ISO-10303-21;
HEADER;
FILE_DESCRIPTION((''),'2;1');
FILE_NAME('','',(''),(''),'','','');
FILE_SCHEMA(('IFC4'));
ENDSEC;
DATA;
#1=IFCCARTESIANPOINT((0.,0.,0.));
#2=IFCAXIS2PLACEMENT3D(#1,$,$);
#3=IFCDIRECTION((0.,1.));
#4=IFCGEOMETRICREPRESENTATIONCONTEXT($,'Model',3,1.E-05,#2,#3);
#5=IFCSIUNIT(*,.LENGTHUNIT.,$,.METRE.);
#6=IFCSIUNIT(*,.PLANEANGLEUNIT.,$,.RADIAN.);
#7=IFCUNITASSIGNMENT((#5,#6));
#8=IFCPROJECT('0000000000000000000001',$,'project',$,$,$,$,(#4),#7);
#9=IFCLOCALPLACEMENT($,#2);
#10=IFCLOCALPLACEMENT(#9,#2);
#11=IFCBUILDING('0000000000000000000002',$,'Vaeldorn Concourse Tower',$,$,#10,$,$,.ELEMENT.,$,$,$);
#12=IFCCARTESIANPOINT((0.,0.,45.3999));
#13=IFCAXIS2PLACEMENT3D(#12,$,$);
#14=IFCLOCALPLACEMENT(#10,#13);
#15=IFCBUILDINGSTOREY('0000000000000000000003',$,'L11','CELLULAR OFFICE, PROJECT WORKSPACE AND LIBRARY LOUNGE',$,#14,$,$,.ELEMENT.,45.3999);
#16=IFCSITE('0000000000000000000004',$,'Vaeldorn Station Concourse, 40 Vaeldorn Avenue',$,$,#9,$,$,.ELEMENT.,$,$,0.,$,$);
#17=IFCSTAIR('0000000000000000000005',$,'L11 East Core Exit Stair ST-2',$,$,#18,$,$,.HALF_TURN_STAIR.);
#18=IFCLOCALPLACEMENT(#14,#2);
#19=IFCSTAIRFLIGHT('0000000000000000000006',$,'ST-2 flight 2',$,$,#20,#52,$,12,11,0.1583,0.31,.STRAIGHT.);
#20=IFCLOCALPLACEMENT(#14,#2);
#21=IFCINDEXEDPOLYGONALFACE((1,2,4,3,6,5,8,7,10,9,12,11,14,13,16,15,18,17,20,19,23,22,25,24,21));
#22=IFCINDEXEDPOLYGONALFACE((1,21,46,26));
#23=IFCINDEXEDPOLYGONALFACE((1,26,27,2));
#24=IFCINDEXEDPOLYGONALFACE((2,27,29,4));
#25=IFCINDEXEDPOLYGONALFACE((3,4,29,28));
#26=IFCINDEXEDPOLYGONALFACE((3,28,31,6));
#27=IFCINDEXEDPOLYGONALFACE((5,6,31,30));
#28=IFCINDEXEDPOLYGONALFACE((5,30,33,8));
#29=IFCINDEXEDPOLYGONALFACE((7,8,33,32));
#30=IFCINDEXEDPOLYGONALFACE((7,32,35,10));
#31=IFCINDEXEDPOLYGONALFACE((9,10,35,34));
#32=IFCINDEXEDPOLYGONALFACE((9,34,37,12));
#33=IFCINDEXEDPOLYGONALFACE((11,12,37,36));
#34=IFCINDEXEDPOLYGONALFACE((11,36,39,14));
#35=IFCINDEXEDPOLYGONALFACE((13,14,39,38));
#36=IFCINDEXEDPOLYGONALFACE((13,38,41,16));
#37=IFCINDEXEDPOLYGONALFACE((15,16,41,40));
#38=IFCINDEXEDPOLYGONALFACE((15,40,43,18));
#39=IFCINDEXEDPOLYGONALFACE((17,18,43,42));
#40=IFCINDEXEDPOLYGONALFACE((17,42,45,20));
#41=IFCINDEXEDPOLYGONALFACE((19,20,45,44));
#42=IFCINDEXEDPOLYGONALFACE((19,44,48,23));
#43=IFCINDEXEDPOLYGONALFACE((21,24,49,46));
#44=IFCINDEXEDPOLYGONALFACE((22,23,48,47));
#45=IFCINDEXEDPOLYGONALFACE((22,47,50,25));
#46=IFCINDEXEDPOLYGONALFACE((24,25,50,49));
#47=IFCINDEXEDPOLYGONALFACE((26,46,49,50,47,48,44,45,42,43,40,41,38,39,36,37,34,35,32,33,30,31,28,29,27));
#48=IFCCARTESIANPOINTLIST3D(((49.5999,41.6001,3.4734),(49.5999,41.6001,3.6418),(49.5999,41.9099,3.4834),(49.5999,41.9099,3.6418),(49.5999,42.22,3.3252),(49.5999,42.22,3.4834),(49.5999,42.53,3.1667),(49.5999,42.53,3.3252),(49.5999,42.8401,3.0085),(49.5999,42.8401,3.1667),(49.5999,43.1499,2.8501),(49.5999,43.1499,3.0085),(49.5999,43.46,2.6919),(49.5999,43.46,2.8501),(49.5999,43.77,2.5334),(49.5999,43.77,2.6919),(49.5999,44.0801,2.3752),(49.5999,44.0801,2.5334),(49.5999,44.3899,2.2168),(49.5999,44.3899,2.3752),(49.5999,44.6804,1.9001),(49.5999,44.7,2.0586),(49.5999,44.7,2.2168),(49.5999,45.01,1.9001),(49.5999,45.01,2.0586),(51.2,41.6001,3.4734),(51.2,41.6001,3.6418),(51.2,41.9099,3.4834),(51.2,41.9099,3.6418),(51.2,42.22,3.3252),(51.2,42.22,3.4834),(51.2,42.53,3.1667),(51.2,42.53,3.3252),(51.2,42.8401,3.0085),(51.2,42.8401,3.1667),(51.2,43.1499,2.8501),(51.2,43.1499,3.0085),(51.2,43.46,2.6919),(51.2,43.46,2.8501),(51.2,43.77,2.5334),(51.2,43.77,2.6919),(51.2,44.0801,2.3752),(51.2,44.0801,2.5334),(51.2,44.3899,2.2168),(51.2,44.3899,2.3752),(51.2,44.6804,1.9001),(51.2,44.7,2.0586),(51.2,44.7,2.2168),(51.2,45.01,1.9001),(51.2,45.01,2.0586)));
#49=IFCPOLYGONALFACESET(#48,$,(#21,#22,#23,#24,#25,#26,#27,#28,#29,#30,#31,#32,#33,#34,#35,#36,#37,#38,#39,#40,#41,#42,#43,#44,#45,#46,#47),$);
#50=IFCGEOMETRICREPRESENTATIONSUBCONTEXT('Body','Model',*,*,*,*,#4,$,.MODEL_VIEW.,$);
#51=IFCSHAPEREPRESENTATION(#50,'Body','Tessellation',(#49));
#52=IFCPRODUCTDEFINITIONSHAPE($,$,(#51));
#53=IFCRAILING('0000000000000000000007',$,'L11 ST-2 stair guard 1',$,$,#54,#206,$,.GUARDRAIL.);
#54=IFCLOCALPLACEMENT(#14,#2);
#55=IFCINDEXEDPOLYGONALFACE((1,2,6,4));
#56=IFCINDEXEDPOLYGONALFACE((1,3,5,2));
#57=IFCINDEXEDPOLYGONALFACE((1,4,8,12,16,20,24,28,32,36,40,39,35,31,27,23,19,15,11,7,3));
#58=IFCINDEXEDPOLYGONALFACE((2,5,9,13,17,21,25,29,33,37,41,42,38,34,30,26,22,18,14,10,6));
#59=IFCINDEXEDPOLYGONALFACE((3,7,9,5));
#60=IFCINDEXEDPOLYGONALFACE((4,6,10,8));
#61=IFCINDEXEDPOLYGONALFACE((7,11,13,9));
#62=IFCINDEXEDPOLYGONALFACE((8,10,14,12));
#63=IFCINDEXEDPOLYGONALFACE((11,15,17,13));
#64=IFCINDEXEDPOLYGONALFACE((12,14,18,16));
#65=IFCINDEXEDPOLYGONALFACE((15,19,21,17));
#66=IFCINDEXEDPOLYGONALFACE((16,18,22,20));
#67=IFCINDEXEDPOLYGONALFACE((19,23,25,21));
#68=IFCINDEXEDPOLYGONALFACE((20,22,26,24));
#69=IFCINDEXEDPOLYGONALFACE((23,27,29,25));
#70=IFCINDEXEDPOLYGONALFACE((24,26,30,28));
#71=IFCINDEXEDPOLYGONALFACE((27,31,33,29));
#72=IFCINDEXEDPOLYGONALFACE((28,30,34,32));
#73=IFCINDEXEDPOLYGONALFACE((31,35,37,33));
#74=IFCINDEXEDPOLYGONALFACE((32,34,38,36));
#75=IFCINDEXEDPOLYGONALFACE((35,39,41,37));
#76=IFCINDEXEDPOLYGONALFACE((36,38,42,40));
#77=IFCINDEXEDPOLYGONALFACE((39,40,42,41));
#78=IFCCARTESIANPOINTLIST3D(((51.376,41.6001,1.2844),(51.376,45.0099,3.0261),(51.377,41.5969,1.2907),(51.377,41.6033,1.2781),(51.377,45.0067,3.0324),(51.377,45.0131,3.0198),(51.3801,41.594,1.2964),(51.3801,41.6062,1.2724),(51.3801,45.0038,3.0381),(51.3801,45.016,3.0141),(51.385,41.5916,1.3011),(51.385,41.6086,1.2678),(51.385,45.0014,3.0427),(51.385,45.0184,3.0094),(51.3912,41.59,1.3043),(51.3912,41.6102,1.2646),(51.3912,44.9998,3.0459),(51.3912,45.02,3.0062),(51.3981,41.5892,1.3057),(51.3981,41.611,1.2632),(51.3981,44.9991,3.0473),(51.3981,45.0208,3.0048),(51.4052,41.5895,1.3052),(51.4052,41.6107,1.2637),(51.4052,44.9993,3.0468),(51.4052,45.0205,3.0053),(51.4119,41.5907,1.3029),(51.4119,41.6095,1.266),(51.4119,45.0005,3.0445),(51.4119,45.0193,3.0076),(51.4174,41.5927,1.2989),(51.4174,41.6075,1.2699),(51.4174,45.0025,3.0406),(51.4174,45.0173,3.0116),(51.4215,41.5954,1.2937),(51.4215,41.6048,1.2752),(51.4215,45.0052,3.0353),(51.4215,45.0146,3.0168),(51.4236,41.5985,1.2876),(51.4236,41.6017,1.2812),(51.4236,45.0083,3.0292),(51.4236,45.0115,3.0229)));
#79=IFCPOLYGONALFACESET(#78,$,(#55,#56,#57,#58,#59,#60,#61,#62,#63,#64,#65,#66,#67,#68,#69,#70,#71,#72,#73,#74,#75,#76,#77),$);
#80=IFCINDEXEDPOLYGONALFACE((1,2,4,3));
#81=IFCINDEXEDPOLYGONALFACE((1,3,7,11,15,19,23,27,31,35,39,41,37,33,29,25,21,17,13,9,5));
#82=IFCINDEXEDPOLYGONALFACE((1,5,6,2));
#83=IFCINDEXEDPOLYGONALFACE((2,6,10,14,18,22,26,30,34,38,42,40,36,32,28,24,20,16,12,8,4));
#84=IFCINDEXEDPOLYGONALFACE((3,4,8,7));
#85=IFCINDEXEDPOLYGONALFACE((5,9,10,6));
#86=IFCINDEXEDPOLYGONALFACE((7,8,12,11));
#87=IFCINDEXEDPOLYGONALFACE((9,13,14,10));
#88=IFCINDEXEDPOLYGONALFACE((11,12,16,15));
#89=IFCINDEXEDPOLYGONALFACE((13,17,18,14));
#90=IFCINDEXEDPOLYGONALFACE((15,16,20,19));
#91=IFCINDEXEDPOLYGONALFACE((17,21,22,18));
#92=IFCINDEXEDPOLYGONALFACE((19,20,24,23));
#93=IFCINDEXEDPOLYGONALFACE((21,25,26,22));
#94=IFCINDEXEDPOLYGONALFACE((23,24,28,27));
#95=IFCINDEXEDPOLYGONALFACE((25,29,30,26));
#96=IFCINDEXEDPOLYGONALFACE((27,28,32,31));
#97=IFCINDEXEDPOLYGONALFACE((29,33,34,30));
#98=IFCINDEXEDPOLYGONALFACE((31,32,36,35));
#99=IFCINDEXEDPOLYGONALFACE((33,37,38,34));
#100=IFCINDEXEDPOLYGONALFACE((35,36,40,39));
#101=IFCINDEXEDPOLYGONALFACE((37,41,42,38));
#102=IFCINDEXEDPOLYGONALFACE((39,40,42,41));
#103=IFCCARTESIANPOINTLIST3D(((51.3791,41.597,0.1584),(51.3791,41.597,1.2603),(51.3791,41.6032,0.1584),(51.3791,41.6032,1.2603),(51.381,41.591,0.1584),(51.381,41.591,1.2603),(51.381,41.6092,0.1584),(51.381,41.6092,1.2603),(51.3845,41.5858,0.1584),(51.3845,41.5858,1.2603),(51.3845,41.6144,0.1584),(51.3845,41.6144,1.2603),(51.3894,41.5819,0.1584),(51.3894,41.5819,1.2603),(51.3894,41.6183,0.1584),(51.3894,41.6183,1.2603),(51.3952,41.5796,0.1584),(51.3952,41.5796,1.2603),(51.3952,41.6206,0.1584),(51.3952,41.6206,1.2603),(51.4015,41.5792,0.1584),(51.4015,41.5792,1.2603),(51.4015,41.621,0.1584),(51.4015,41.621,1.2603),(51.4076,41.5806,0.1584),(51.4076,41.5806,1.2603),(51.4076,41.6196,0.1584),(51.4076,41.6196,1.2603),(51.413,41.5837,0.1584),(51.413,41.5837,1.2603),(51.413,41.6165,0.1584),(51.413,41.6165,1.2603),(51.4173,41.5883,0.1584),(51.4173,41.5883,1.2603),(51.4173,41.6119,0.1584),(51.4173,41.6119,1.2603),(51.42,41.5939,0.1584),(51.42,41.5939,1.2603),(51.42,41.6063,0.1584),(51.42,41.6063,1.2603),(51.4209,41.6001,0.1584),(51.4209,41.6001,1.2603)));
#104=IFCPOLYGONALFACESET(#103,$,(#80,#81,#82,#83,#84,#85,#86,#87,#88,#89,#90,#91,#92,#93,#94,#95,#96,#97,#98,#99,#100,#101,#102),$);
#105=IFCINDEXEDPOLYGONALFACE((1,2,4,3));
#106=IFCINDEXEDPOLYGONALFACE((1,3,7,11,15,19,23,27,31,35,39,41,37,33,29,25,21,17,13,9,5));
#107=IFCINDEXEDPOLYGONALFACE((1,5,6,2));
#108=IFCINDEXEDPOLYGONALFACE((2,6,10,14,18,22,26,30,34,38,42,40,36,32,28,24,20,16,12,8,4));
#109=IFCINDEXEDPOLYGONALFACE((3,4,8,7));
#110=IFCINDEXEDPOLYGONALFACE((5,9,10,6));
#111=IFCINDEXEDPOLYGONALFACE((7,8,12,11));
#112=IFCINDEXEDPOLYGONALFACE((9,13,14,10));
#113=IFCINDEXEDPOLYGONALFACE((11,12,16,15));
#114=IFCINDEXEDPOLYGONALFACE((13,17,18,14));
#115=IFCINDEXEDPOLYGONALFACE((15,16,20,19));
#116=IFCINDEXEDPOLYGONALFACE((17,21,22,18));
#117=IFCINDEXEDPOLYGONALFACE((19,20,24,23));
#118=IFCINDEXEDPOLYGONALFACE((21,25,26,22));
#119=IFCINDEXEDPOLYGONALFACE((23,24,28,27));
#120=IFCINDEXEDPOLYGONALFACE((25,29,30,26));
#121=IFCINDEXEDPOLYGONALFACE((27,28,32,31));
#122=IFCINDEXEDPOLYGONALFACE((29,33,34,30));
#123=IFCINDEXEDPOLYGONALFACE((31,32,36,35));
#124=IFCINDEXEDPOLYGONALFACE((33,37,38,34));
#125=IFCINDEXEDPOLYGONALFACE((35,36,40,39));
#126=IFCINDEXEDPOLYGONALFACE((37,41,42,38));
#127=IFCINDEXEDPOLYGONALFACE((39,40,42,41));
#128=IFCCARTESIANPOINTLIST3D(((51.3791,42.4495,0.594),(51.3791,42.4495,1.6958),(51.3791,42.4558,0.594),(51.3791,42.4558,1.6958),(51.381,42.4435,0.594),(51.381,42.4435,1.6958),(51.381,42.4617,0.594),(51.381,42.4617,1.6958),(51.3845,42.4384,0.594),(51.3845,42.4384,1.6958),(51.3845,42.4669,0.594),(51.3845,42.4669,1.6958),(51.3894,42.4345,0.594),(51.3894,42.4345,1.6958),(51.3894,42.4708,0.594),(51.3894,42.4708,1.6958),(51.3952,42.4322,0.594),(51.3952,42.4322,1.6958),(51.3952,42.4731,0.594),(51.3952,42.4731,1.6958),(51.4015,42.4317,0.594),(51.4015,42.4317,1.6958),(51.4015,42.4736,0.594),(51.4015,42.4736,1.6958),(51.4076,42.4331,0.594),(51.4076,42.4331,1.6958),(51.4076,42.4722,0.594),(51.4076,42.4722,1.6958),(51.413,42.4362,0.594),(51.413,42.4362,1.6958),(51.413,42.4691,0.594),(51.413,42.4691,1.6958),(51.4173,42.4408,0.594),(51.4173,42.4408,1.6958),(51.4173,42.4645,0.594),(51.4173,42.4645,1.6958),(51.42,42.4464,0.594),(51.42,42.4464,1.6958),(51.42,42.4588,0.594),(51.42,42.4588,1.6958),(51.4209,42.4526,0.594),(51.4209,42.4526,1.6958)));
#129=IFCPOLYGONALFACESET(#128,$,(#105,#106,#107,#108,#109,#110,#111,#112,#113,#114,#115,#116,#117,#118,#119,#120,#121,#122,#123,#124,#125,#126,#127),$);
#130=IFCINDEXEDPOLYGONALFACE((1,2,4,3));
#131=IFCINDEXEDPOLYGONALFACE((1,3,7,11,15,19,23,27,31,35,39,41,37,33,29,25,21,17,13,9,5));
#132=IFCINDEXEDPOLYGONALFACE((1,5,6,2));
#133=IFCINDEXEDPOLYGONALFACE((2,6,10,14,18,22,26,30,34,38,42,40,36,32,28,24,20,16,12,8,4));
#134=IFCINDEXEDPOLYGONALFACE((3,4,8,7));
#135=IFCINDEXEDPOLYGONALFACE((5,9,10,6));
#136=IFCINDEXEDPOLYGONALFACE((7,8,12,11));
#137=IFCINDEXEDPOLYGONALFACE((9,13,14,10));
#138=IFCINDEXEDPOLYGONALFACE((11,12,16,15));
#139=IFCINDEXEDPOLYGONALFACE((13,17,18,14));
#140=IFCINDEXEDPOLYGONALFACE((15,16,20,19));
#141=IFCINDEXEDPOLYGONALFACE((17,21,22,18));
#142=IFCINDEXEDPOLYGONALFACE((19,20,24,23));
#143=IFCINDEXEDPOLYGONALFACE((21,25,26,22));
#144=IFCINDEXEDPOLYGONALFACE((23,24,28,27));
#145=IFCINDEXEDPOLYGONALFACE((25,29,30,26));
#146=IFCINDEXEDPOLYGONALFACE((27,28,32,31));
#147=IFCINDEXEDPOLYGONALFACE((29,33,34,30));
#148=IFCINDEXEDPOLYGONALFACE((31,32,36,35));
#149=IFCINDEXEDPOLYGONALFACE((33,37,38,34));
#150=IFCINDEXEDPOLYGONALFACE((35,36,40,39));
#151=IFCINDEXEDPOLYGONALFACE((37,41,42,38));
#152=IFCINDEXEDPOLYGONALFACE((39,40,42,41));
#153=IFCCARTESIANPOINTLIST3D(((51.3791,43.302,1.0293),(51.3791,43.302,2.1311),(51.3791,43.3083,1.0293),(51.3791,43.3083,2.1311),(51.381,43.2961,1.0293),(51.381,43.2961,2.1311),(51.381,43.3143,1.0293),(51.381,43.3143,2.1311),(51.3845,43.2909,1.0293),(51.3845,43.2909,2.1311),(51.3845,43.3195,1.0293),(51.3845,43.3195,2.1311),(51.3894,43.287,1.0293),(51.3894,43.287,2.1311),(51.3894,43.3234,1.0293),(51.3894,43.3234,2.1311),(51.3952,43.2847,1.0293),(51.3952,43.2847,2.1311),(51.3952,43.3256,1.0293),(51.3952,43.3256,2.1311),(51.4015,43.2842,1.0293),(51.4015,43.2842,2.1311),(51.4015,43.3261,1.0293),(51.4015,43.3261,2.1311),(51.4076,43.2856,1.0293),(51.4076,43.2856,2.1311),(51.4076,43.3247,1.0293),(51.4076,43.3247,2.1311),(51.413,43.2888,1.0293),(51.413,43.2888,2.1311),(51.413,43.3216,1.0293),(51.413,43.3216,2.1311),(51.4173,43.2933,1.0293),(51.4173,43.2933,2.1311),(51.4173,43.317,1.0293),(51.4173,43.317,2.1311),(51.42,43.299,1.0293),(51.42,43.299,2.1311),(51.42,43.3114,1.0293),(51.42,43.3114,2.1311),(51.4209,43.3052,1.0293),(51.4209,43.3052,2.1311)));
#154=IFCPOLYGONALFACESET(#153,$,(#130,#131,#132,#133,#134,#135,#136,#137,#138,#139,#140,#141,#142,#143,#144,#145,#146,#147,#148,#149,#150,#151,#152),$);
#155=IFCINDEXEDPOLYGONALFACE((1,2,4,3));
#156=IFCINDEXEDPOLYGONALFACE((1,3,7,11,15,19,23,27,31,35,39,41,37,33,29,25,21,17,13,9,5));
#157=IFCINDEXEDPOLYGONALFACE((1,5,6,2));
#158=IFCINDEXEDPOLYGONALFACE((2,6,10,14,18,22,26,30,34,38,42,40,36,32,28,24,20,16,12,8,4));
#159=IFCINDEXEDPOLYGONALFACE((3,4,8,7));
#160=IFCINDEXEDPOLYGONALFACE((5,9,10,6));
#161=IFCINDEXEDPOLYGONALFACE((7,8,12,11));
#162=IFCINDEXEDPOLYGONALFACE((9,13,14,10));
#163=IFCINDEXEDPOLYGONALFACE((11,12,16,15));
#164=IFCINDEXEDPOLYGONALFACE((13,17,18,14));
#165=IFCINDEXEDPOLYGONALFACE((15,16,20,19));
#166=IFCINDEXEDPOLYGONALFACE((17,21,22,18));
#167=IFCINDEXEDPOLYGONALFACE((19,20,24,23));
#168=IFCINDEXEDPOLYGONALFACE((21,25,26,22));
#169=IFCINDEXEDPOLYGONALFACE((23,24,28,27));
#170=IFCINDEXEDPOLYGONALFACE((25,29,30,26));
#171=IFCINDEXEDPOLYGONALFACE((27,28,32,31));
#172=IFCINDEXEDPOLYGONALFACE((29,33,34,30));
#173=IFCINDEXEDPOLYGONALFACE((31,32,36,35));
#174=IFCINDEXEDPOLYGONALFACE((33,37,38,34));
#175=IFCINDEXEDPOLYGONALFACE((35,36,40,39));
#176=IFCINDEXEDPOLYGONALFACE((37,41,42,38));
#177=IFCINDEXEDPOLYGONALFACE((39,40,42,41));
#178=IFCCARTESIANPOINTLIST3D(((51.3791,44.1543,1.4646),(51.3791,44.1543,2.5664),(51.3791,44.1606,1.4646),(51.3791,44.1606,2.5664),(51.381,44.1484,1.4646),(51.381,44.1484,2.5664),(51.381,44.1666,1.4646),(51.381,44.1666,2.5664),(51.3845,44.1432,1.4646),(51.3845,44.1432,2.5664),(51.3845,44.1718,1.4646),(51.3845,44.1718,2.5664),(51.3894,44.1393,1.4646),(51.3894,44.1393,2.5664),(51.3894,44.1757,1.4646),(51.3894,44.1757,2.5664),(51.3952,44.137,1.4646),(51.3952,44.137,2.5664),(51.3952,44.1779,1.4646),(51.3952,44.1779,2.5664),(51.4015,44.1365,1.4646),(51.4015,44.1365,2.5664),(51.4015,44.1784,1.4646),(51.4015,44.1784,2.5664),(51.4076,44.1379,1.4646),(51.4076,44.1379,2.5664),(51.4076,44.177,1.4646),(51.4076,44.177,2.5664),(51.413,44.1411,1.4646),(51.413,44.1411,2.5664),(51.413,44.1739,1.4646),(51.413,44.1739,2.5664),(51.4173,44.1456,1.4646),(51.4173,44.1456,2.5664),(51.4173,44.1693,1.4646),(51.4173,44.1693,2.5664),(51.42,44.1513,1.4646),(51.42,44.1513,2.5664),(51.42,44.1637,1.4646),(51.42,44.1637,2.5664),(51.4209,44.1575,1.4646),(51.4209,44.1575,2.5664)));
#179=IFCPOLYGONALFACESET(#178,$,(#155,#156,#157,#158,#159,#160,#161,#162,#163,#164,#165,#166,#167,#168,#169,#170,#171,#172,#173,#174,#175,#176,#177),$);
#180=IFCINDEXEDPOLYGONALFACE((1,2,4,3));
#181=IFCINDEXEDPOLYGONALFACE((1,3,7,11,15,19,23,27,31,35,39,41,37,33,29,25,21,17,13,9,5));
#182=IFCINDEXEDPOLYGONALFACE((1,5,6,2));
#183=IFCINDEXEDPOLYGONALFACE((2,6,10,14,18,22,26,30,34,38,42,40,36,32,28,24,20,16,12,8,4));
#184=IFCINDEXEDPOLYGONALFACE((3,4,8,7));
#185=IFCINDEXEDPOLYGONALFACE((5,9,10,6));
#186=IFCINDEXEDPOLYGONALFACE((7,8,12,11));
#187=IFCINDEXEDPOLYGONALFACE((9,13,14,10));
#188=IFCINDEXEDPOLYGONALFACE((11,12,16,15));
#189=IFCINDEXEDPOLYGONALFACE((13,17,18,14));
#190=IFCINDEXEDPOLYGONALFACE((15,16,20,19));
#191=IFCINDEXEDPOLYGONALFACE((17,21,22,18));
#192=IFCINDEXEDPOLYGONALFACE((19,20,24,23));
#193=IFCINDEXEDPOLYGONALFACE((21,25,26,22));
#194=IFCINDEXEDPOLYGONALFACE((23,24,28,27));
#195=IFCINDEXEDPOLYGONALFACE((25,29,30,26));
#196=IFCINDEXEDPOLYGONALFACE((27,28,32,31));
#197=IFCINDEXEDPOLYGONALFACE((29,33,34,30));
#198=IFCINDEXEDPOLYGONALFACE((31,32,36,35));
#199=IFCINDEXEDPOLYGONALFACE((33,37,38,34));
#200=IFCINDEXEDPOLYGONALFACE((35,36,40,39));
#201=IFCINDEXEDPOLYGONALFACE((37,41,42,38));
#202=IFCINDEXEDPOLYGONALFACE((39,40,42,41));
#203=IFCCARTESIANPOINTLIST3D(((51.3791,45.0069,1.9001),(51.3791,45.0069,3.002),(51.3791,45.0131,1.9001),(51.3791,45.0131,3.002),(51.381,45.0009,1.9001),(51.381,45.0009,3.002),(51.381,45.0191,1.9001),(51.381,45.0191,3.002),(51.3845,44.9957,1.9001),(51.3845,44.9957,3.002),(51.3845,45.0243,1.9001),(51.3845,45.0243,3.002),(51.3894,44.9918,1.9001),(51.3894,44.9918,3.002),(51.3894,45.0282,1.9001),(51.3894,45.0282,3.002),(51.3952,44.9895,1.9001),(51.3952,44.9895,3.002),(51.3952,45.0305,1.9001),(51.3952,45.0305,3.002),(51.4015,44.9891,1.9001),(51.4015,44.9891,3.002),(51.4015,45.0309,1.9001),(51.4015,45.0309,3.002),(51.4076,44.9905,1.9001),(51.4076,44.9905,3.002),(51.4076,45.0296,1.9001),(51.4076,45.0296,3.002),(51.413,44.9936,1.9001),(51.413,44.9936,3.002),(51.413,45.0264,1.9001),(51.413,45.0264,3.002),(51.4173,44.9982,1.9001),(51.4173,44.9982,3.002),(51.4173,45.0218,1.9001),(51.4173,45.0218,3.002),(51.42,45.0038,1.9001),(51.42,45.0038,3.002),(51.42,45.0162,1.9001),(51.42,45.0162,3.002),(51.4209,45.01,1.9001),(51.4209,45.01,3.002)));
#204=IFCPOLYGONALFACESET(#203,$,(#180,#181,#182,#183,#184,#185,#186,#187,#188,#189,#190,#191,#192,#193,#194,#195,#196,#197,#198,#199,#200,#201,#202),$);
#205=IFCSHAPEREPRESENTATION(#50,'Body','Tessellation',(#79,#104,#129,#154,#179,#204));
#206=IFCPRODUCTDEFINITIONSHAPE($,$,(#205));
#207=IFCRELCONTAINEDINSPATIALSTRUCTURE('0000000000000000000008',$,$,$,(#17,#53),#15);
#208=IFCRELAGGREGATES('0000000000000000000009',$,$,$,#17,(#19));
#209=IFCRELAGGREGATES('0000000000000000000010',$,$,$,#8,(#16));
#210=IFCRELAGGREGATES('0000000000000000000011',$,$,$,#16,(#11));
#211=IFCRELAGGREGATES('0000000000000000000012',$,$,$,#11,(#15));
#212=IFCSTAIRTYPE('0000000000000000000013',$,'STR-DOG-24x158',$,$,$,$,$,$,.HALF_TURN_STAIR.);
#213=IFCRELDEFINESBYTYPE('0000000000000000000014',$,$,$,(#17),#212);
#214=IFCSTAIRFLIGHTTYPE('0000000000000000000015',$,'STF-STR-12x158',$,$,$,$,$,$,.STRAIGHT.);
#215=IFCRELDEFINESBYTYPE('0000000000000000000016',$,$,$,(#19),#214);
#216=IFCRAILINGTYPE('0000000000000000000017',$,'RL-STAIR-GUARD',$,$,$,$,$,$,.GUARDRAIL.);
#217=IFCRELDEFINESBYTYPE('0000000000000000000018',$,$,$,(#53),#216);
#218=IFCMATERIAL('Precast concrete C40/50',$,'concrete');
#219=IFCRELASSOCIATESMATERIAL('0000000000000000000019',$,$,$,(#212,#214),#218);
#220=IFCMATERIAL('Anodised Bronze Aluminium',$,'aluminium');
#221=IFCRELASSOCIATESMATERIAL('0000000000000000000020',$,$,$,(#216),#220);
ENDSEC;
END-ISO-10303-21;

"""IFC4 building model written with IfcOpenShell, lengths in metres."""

from ifc_helpers import new_model, si_unit, direction, frame, origin, origin_2d, place, context, subcontext, project, spatial, polyline, circle, outline, extrude, material, type_object, element, aggregate, save


model = new_model("IFC4")

# Units and contexts
model_context = context("Model", 3, precision=1e-05, world=origin(), true_north=direction((0.0, 1.0)))
body_context = subcontext(model_context, "Body", "Model", "MODEL_VIEW")
ifc_project = project(units=[si_unit("LENGTHUNIT", "METRE"), si_unit("PLANEANGLEUNIT", "RADIAN")], contexts=[model_context])

# Site, building, storey
site_placement = place(None, origin())
site = spatial("IfcSite", under=ifc_project, at=site_placement, Name="Vaeldorn Station Concourse, 40 Vaeldorn Avenue", CompositionType="ELEMENT", RefElevation=0.0)
building_placement = place(site_placement, origin())
building = spatial("IfcBuilding", under=site, at=building_placement, Name="Vaeldorn Concourse Tower", CompositionType="ELEMENT")
storey_placement = place(building_placement, frame((0.0, 0.0, 45.3999)))
storey = spatial("IfcBuildingStorey", under=building, at=storey_placement, Name="L11", Description="CELLULAR OFFICE, PROJECT WORKSPACE AND LIBRARY LOUNGE", CompositionType="ELEMENT", Elevation=45.3999)

# Shared definitions
ifc_material_1 = material(Name="Anodised Bronze Aluminium", Category="aluminium")

# Stair, stair flight
ifc_material_2 = material(Name="Precast concrete C40/50", Category="concrete")
stair_type = type_object("IfcStairType", Name="STR-DOG-24x158", PredefinedType="HALF_TURN_STAIR", material=ifc_material_2)
stair_placement = place(storey_placement, origin())
stair = element("IfcStair", 1, at=stair_placement, inside=storey, type_object=stair_type, Name="L11 East Core Exit Stair ST-2", PredefinedType="HALF_TURN_STAIR")
stair_flight_type = type_object("IfcStairFlightType", Name="STF-STR-12x158", PredefinedType="STRAIGHT", material=ifc_material_2)
stair_flight_1_placement = place(storey_placement, frame((50.3999, 45.01, 1.9001), z_axis=(0.0, 0.0, 1.0), x_axis=(0.0, -1.0, 0.0)))
stair_flight_1 = element("IfcStairFlight", 2, at=stair_flight_1_placement, type_object=stair_flight_type, Name="ST-2 flight 2", NumberOfRisers=12, NumberOfTreads=11, PredefinedType="STRAIGHT", RiserHeight=0.1583, TreadLength=0.31, context=body_context, shape_type="SweptSolid", body=[
    extrude(outline(polyline([(0.0, 0.0), (0.0, 0.1584), (0.3101, 0.1584), (0.3101, 0.3167), (0.6201, 0.3167), (0.6201, 0.4751), (0.9299, 0.4751), (0.9299, 0.6333), (1.24, 0.6333), (1.24, 0.7917), (1.55, 0.7917), (1.55, 0.95), (1.8601, 0.95), (1.8601, 1.1084), (2.1699, 1.1084), (2.1699, 1.2666), (2.48, 1.2666), (2.48, 1.425), (2.79, 1.425), (2.79, 1.5833), (3.1001, 1.5833), (3.1001, 1.7417), (3.4099, 1.7417), (3.4099, 1.8999), (3.4099, 1.5732), (0.3296, 0.0), (0.0, 0.0)])), frame((0.0, 0.8, 0.0), z_axis=(0.0, -1.0, 0.0), x_axis=(1.0, 0.0, 0.0)), (0.0, 0.0, 1.0), 1.6001),
])
aggregate(stair, [stair_flight_1])

# Railing
railing_type_1 = type_object("IfcRailingType", Name="RL-STAIR-GUARD", PredefinedType="GUARDRAIL", material=ifc_material_1)
railing_1_placement = place(storey_placement, frame((51.3999, 41.6001, 0.1584)))
element("IfcRailing", 3, at=railing_1_placement, inside=storey, type_object=railing_type_1, Name="L11 ST-2 stair guard 1", PredefinedType="GUARDRAIL", context=body_context, shape_type="SweptSolid", body=[
    extrude(circle(Radius=0.0239, at=origin_2d()), frame((0.0, 0.0, 1.126), z_axis=(0.0, 0.890556, 0.454874), x_axis=(-1.0, 0.0, 0.0)), (0.0, 0.0, 1.0), 3.8289),
    extrude(circle(Radius=0.021, at=origin_2d()), origin(), (0.0, 0.0, 1.0), 1.1018),
    extrude(circle(Radius=0.021, at=origin_2d()), frame((0.0, 0.8525, 0.4355)), (0.0, 0.0, 1.0), 1.1018),
    extrude(circle(Radius=0.021, at=origin_2d()), frame((0.0, 1.7051, 0.8708)), (0.0, 0.0, 1.0), 1.1018),
    extrude(circle(Radius=0.021, at=origin_2d()), frame((0.0, 2.5574, 1.3062)), (0.0, 0.0, 1.0), 1.1018),
    extrude(circle(Radius=0.021, at=origin_2d()), frame((0.0, 3.4099, 1.7417)), (0.0, 0.0, 1.0), 1.1018),
])

save(model, "model.ifc")
